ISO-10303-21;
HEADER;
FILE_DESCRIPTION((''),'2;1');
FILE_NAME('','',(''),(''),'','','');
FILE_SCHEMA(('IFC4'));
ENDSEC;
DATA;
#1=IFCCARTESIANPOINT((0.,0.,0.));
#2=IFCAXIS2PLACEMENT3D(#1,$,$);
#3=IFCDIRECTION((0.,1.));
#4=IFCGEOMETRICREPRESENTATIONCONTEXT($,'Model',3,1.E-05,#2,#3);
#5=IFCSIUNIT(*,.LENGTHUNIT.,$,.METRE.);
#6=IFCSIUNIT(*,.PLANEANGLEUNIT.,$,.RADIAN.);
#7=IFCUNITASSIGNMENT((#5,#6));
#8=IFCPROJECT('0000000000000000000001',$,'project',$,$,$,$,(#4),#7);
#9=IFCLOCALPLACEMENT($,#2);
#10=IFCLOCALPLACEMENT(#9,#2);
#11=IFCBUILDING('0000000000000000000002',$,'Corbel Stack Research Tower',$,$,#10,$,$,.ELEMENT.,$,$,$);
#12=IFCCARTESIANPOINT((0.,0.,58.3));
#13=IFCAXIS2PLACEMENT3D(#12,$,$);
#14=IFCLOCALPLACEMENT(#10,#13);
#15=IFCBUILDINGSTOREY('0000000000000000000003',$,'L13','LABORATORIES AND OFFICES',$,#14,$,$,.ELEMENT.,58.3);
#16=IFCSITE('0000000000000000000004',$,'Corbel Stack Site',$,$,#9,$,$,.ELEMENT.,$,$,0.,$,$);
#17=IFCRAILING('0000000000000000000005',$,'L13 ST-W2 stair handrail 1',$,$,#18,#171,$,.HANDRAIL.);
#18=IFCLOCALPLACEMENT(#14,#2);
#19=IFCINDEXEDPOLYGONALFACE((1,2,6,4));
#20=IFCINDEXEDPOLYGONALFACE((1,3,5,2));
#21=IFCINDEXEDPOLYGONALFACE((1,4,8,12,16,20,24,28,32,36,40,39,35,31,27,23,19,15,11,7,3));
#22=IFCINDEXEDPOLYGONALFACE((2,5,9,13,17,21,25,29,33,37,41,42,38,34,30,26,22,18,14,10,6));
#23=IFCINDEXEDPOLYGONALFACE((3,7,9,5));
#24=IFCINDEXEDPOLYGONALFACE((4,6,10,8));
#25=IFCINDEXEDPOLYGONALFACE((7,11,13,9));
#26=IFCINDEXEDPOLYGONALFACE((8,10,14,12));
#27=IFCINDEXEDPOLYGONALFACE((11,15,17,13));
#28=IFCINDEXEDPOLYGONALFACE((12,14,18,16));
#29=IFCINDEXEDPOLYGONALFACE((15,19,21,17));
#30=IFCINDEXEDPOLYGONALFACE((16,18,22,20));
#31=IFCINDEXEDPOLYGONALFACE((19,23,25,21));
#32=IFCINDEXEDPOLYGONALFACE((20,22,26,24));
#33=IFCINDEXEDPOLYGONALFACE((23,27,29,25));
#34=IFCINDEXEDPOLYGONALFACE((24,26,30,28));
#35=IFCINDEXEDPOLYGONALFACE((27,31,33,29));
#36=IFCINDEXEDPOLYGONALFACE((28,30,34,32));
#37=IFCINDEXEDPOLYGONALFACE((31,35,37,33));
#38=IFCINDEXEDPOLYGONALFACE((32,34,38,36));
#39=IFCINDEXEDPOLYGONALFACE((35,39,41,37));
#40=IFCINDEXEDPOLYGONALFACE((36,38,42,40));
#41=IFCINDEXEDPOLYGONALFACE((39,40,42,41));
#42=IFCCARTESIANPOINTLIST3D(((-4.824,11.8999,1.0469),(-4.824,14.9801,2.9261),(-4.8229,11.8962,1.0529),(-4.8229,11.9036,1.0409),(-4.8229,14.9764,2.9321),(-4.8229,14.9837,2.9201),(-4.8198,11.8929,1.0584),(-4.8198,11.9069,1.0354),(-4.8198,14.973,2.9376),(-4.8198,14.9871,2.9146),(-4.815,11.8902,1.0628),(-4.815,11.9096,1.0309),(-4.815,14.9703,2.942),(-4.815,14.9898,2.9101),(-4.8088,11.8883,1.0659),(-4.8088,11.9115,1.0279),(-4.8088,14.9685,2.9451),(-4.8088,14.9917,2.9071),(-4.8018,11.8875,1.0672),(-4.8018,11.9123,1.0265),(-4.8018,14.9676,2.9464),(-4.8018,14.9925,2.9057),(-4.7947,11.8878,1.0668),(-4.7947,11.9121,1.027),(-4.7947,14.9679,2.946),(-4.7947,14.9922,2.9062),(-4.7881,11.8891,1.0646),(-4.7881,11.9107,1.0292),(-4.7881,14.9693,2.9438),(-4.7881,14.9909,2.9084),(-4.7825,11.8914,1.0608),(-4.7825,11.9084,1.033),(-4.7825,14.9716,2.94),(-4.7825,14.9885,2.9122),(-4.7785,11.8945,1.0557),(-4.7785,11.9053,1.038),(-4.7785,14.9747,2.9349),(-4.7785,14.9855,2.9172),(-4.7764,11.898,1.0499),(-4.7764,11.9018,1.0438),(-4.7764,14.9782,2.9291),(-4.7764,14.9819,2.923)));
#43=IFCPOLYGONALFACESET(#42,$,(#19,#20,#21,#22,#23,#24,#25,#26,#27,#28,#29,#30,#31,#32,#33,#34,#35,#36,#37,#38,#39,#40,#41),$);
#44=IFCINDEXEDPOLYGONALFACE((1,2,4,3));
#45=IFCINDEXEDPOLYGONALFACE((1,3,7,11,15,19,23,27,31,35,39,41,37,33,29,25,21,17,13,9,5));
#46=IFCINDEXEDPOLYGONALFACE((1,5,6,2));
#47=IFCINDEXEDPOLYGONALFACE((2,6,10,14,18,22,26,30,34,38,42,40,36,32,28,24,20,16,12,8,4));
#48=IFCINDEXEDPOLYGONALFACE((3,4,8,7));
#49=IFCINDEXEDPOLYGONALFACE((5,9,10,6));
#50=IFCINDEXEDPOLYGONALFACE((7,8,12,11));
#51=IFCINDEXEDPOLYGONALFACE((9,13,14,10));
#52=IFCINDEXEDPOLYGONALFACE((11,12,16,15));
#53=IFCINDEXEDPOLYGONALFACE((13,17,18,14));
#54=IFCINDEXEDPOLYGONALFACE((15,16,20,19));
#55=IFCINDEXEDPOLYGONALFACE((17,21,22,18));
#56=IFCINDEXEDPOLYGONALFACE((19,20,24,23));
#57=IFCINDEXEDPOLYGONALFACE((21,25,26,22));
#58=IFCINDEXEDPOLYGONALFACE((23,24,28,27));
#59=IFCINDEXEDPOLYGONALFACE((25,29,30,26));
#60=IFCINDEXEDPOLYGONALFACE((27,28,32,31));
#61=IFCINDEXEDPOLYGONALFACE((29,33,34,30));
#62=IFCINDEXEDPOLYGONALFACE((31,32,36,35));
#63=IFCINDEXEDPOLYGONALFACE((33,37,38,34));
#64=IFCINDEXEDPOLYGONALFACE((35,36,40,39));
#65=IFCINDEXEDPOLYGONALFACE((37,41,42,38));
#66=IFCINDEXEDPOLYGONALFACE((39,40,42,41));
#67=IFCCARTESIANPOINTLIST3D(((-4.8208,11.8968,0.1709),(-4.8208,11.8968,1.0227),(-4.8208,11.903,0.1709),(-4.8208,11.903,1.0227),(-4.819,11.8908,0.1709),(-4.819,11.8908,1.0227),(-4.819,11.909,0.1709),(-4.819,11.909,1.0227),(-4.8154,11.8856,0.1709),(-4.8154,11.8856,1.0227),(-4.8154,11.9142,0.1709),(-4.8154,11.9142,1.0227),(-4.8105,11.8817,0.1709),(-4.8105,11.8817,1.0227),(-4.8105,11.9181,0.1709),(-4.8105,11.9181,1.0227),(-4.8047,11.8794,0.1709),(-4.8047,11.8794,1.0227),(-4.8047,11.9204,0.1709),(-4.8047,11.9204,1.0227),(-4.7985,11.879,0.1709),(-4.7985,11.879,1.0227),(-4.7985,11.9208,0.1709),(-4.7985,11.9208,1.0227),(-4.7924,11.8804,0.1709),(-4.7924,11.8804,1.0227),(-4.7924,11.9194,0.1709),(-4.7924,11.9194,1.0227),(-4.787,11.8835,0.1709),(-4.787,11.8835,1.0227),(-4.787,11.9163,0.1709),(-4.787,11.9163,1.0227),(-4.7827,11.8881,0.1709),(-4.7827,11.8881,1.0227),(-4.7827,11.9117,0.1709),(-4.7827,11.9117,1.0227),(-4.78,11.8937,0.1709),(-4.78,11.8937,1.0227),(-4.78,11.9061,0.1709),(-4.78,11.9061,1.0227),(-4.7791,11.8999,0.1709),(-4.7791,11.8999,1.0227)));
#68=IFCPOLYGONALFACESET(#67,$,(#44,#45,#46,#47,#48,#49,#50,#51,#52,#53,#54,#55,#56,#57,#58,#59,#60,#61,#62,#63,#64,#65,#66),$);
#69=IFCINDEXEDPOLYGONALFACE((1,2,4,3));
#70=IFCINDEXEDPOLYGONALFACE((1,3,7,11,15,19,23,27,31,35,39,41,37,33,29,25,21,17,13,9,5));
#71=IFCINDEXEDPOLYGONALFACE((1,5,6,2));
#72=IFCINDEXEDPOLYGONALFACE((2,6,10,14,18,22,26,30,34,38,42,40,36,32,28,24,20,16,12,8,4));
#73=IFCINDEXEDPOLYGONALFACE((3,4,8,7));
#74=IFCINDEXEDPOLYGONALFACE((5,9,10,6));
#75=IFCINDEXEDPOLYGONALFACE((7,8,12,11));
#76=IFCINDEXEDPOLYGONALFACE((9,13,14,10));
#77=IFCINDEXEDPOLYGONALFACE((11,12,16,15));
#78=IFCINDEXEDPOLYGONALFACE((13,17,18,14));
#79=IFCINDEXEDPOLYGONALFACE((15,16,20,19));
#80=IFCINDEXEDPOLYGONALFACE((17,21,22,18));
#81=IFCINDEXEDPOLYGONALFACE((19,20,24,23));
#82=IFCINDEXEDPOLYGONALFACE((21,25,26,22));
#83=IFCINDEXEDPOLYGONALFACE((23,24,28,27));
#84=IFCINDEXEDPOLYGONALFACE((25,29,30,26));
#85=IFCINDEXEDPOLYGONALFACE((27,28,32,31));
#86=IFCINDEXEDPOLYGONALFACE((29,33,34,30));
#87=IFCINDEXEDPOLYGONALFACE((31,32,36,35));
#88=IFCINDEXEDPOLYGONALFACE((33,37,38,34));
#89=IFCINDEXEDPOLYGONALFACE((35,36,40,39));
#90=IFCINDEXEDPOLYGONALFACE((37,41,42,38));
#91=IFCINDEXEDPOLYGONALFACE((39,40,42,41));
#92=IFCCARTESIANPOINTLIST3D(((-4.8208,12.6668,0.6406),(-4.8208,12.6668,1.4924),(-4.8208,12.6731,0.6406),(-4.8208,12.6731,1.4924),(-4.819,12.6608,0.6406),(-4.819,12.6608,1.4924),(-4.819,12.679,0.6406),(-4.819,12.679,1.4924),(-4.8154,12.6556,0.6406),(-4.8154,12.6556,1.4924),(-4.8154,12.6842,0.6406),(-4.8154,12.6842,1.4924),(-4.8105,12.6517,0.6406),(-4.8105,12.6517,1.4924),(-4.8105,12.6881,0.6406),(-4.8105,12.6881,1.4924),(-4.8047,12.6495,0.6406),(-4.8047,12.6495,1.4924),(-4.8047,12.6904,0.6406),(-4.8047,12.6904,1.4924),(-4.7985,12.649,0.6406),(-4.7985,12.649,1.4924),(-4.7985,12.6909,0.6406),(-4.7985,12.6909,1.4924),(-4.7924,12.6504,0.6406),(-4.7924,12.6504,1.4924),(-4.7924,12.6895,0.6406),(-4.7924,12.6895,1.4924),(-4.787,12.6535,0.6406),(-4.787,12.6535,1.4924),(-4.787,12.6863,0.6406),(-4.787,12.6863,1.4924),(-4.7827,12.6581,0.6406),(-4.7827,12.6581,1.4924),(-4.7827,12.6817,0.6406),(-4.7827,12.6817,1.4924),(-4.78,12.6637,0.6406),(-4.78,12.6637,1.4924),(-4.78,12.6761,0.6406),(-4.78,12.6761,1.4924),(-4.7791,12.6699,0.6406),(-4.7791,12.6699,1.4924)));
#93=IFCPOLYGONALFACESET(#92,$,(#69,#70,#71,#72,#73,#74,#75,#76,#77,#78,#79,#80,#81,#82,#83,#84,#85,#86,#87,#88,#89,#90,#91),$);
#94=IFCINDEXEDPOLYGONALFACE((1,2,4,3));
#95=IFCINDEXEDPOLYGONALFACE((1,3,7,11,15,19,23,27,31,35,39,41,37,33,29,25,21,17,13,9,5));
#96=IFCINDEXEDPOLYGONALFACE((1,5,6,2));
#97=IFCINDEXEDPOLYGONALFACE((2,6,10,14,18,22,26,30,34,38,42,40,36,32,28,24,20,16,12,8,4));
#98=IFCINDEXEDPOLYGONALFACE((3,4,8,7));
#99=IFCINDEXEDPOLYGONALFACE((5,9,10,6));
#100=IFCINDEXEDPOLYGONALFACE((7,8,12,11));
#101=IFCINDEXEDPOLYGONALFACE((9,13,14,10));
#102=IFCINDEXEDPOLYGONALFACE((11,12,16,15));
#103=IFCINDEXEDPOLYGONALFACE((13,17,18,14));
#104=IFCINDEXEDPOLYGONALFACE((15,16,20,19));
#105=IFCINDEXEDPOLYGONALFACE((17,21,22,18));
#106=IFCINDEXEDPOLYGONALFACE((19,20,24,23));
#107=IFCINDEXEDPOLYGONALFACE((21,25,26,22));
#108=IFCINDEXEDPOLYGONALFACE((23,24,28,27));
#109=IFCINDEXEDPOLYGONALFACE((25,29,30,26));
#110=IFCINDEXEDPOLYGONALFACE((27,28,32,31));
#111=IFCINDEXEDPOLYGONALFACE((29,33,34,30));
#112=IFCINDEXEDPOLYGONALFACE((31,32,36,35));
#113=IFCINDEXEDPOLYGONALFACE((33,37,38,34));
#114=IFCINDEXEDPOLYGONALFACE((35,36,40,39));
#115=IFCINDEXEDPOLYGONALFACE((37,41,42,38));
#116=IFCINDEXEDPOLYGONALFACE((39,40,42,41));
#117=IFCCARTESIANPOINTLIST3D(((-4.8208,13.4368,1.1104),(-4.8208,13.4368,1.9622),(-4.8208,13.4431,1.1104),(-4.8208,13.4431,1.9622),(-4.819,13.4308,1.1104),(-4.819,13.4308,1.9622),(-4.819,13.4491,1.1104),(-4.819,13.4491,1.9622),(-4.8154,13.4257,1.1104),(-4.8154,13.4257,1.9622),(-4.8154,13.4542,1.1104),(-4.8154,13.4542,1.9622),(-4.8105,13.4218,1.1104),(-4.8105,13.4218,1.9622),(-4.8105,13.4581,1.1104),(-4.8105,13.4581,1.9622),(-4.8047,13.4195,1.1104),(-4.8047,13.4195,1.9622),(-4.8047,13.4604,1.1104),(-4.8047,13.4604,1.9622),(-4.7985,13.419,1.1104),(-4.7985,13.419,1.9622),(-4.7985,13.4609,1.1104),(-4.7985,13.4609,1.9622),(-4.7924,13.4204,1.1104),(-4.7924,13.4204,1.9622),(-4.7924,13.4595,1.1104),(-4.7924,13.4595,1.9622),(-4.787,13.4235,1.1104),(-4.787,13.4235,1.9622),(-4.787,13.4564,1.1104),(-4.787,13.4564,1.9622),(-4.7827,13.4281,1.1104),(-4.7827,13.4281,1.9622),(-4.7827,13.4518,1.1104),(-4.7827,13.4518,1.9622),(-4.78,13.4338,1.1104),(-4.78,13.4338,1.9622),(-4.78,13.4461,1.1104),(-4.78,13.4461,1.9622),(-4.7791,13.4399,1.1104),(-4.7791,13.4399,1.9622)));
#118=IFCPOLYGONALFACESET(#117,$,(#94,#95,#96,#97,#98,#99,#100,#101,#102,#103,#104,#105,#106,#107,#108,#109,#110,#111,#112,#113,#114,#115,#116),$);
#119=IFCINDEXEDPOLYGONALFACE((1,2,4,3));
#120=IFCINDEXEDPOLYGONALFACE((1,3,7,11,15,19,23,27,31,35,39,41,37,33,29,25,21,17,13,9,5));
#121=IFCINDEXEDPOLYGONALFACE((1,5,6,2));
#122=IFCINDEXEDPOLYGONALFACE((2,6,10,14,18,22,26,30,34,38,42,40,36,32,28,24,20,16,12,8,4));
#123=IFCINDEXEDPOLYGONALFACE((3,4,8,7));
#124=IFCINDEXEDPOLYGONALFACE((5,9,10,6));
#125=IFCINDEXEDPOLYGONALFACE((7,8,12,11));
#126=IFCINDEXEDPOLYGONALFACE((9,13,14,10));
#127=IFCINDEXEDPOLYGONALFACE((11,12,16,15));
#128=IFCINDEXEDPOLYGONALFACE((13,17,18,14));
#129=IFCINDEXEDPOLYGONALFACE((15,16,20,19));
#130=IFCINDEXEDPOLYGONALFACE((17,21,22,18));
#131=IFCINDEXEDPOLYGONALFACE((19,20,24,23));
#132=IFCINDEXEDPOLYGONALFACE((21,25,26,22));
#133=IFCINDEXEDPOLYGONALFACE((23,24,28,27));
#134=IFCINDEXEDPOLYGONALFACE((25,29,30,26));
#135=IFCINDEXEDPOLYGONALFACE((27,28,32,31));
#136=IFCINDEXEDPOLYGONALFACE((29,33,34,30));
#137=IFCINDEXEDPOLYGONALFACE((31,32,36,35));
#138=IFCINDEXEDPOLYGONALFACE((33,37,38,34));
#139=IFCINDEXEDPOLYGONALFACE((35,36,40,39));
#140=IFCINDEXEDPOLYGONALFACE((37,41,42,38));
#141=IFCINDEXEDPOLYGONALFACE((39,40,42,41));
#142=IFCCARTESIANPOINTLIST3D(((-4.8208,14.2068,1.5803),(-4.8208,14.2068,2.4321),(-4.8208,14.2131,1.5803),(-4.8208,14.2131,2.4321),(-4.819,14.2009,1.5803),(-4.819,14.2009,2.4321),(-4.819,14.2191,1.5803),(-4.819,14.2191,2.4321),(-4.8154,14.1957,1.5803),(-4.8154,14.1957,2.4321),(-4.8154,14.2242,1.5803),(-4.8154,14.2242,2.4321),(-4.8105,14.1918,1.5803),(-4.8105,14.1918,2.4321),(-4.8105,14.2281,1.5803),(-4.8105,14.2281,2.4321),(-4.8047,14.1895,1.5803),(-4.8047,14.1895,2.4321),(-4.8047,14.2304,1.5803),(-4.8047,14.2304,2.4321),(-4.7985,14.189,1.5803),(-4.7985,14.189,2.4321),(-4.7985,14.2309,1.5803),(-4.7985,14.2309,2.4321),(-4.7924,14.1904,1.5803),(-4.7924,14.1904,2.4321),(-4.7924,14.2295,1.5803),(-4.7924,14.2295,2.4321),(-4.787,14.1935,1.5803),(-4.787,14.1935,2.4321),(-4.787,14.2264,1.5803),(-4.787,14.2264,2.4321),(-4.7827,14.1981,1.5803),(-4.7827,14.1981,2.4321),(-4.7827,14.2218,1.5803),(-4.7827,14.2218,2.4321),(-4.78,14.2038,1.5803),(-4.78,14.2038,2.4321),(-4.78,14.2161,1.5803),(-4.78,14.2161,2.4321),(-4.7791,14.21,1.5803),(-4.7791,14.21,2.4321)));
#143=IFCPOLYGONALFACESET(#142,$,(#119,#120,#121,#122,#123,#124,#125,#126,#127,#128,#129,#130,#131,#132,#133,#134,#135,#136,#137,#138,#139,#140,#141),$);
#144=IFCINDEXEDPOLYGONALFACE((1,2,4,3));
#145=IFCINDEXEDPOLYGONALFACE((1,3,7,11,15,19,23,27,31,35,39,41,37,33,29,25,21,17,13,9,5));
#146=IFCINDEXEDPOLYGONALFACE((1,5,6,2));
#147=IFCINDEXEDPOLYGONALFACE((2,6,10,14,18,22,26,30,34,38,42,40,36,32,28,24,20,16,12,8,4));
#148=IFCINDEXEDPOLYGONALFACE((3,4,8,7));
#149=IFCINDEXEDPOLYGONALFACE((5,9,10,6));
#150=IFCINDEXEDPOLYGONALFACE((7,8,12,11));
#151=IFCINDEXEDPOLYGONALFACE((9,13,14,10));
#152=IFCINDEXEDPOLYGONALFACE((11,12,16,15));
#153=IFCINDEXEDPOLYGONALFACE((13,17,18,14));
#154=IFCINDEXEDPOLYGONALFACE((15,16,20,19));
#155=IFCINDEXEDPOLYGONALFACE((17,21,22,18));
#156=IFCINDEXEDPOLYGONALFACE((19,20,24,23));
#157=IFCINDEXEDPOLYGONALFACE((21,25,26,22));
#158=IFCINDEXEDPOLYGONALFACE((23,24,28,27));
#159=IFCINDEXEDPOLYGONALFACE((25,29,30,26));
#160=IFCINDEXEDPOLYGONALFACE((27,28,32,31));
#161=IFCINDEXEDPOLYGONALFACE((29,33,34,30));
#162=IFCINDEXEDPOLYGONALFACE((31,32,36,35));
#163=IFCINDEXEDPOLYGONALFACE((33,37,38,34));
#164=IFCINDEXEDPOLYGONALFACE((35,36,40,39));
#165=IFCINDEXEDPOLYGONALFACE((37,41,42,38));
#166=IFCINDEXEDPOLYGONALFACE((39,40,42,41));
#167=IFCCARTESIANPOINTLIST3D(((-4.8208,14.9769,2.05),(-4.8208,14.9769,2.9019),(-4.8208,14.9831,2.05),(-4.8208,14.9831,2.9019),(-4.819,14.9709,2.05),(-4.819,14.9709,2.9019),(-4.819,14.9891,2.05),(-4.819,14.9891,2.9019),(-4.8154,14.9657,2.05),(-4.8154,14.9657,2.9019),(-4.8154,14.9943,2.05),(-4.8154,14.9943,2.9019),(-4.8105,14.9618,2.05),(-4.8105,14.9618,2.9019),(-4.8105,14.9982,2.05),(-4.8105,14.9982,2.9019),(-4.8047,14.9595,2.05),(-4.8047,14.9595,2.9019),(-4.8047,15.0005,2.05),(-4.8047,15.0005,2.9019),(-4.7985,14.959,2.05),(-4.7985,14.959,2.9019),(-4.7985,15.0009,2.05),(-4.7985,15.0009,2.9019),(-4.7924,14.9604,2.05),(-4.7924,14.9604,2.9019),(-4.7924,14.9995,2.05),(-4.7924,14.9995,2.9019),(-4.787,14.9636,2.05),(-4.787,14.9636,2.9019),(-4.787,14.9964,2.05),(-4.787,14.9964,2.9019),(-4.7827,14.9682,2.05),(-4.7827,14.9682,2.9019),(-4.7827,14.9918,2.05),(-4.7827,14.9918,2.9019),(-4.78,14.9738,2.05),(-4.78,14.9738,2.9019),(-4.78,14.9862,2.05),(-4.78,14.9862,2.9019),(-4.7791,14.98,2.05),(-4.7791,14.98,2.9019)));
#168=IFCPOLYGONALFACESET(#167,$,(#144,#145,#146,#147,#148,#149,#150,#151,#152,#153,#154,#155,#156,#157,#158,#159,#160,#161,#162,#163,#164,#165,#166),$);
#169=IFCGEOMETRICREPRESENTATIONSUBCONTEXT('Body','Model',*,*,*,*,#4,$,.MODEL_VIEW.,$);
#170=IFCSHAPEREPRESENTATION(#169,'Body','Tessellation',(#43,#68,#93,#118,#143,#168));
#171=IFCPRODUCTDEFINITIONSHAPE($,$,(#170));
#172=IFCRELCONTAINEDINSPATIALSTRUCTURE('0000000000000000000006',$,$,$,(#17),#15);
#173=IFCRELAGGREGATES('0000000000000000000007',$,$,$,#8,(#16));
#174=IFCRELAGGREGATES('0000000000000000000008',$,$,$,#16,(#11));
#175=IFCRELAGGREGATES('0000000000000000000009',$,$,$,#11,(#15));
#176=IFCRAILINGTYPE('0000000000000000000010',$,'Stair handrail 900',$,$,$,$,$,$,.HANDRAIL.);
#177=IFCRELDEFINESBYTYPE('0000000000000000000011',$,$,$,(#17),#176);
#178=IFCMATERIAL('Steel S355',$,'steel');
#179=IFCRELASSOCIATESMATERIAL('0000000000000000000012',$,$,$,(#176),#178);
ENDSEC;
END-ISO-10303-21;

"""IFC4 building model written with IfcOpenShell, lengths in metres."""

from ifc_helpers import new_model, si_unit, direction, frame, origin, origin_2d, place, context, subcontext, project, spatial, circle, extrude, material, type_object, element, save


model = new_model("IFC4")

# Units and contexts
model_context = context("Model", 3, precision=1e-05, world=origin(), true_north=direction((0.0, 1.0)))
body_context = subcontext(model_context, "Body", "Model", "MODEL_VIEW")
ifc_project = project(units=[si_unit("LENGTHUNIT", "METRE"), si_unit("PLANEANGLEUNIT", "RADIAN")], contexts=[model_context])

# Site, building, storey
site_placement = place(None, origin())
site = spatial("IfcSite", under=ifc_project, at=site_placement, Name="Corbel Stack Site", CompositionType="ELEMENT", RefElevation=0.0)
building_placement = place(site_placement, origin())
building = spatial("IfcBuilding", under=site, at=building_placement, Name="Corbel Stack Research Tower", CompositionType="ELEMENT")
storey_placement = place(building_placement, frame((0.0, 0.0, 58.3)))
storey = spatial("IfcBuildingStorey", under=building, at=storey_placement, Name="L13", Description="LABORATORIES AND OFFICES", CompositionType="ELEMENT", Elevation=58.3)

# Railing
ifc_material_1 = material(Name="Steel S355", Category="steel")
railing_type_1 = type_object("IfcRailingType", Name="Stair handrail 900", PredefinedType="HANDRAIL", material=ifc_material_1)
railing_1_placement = place(storey_placement, frame((-4.8, 11.8999, 0.1709)))
element("IfcRailing", 1, at=railing_1_placement, inside=storey, type_object=railing_type_1, Name="L13 ST-W2 stair handrail 1", PredefinedType="HANDRAIL", context=body_context, shape_type="SweptSolid", body=[
    extrude(circle(Radius=0.0239, at=origin_2d()), frame((0.0, 0.0, 0.876), z_axis=(0.0, 0.853666, 0.52082), x_axis=(-1.0, 0.0, 0.0)), (0.0, 0.0, 1.0), 3.6082),
    extrude(circle(Radius=0.021, at=origin_2d()), origin(), (0.0, 0.0, 1.0), 0.8518),
    extrude(circle(Radius=0.021, at=origin_2d()), frame((0.0, 0.77, 0.4697)), (0.0, 0.0, 1.0), 0.8518),
    extrude(circle(Radius=0.021, at=origin_2d()), frame((0.0, 1.54, 0.9395)), (0.0, 0.0, 1.0), 0.8518),
    extrude(circle(Radius=0.021, at=origin_2d()), frame((0.0, 2.3101, 1.4094)), (0.0, 0.0, 1.0), 0.8518),
    extrude(circle(Radius=0.021, at=origin_2d()), frame((0.0, 3.0801, 1.8792)), (0.0, 0.0, 1.0), 0.8518),
])

save(model, "model.ifc")
